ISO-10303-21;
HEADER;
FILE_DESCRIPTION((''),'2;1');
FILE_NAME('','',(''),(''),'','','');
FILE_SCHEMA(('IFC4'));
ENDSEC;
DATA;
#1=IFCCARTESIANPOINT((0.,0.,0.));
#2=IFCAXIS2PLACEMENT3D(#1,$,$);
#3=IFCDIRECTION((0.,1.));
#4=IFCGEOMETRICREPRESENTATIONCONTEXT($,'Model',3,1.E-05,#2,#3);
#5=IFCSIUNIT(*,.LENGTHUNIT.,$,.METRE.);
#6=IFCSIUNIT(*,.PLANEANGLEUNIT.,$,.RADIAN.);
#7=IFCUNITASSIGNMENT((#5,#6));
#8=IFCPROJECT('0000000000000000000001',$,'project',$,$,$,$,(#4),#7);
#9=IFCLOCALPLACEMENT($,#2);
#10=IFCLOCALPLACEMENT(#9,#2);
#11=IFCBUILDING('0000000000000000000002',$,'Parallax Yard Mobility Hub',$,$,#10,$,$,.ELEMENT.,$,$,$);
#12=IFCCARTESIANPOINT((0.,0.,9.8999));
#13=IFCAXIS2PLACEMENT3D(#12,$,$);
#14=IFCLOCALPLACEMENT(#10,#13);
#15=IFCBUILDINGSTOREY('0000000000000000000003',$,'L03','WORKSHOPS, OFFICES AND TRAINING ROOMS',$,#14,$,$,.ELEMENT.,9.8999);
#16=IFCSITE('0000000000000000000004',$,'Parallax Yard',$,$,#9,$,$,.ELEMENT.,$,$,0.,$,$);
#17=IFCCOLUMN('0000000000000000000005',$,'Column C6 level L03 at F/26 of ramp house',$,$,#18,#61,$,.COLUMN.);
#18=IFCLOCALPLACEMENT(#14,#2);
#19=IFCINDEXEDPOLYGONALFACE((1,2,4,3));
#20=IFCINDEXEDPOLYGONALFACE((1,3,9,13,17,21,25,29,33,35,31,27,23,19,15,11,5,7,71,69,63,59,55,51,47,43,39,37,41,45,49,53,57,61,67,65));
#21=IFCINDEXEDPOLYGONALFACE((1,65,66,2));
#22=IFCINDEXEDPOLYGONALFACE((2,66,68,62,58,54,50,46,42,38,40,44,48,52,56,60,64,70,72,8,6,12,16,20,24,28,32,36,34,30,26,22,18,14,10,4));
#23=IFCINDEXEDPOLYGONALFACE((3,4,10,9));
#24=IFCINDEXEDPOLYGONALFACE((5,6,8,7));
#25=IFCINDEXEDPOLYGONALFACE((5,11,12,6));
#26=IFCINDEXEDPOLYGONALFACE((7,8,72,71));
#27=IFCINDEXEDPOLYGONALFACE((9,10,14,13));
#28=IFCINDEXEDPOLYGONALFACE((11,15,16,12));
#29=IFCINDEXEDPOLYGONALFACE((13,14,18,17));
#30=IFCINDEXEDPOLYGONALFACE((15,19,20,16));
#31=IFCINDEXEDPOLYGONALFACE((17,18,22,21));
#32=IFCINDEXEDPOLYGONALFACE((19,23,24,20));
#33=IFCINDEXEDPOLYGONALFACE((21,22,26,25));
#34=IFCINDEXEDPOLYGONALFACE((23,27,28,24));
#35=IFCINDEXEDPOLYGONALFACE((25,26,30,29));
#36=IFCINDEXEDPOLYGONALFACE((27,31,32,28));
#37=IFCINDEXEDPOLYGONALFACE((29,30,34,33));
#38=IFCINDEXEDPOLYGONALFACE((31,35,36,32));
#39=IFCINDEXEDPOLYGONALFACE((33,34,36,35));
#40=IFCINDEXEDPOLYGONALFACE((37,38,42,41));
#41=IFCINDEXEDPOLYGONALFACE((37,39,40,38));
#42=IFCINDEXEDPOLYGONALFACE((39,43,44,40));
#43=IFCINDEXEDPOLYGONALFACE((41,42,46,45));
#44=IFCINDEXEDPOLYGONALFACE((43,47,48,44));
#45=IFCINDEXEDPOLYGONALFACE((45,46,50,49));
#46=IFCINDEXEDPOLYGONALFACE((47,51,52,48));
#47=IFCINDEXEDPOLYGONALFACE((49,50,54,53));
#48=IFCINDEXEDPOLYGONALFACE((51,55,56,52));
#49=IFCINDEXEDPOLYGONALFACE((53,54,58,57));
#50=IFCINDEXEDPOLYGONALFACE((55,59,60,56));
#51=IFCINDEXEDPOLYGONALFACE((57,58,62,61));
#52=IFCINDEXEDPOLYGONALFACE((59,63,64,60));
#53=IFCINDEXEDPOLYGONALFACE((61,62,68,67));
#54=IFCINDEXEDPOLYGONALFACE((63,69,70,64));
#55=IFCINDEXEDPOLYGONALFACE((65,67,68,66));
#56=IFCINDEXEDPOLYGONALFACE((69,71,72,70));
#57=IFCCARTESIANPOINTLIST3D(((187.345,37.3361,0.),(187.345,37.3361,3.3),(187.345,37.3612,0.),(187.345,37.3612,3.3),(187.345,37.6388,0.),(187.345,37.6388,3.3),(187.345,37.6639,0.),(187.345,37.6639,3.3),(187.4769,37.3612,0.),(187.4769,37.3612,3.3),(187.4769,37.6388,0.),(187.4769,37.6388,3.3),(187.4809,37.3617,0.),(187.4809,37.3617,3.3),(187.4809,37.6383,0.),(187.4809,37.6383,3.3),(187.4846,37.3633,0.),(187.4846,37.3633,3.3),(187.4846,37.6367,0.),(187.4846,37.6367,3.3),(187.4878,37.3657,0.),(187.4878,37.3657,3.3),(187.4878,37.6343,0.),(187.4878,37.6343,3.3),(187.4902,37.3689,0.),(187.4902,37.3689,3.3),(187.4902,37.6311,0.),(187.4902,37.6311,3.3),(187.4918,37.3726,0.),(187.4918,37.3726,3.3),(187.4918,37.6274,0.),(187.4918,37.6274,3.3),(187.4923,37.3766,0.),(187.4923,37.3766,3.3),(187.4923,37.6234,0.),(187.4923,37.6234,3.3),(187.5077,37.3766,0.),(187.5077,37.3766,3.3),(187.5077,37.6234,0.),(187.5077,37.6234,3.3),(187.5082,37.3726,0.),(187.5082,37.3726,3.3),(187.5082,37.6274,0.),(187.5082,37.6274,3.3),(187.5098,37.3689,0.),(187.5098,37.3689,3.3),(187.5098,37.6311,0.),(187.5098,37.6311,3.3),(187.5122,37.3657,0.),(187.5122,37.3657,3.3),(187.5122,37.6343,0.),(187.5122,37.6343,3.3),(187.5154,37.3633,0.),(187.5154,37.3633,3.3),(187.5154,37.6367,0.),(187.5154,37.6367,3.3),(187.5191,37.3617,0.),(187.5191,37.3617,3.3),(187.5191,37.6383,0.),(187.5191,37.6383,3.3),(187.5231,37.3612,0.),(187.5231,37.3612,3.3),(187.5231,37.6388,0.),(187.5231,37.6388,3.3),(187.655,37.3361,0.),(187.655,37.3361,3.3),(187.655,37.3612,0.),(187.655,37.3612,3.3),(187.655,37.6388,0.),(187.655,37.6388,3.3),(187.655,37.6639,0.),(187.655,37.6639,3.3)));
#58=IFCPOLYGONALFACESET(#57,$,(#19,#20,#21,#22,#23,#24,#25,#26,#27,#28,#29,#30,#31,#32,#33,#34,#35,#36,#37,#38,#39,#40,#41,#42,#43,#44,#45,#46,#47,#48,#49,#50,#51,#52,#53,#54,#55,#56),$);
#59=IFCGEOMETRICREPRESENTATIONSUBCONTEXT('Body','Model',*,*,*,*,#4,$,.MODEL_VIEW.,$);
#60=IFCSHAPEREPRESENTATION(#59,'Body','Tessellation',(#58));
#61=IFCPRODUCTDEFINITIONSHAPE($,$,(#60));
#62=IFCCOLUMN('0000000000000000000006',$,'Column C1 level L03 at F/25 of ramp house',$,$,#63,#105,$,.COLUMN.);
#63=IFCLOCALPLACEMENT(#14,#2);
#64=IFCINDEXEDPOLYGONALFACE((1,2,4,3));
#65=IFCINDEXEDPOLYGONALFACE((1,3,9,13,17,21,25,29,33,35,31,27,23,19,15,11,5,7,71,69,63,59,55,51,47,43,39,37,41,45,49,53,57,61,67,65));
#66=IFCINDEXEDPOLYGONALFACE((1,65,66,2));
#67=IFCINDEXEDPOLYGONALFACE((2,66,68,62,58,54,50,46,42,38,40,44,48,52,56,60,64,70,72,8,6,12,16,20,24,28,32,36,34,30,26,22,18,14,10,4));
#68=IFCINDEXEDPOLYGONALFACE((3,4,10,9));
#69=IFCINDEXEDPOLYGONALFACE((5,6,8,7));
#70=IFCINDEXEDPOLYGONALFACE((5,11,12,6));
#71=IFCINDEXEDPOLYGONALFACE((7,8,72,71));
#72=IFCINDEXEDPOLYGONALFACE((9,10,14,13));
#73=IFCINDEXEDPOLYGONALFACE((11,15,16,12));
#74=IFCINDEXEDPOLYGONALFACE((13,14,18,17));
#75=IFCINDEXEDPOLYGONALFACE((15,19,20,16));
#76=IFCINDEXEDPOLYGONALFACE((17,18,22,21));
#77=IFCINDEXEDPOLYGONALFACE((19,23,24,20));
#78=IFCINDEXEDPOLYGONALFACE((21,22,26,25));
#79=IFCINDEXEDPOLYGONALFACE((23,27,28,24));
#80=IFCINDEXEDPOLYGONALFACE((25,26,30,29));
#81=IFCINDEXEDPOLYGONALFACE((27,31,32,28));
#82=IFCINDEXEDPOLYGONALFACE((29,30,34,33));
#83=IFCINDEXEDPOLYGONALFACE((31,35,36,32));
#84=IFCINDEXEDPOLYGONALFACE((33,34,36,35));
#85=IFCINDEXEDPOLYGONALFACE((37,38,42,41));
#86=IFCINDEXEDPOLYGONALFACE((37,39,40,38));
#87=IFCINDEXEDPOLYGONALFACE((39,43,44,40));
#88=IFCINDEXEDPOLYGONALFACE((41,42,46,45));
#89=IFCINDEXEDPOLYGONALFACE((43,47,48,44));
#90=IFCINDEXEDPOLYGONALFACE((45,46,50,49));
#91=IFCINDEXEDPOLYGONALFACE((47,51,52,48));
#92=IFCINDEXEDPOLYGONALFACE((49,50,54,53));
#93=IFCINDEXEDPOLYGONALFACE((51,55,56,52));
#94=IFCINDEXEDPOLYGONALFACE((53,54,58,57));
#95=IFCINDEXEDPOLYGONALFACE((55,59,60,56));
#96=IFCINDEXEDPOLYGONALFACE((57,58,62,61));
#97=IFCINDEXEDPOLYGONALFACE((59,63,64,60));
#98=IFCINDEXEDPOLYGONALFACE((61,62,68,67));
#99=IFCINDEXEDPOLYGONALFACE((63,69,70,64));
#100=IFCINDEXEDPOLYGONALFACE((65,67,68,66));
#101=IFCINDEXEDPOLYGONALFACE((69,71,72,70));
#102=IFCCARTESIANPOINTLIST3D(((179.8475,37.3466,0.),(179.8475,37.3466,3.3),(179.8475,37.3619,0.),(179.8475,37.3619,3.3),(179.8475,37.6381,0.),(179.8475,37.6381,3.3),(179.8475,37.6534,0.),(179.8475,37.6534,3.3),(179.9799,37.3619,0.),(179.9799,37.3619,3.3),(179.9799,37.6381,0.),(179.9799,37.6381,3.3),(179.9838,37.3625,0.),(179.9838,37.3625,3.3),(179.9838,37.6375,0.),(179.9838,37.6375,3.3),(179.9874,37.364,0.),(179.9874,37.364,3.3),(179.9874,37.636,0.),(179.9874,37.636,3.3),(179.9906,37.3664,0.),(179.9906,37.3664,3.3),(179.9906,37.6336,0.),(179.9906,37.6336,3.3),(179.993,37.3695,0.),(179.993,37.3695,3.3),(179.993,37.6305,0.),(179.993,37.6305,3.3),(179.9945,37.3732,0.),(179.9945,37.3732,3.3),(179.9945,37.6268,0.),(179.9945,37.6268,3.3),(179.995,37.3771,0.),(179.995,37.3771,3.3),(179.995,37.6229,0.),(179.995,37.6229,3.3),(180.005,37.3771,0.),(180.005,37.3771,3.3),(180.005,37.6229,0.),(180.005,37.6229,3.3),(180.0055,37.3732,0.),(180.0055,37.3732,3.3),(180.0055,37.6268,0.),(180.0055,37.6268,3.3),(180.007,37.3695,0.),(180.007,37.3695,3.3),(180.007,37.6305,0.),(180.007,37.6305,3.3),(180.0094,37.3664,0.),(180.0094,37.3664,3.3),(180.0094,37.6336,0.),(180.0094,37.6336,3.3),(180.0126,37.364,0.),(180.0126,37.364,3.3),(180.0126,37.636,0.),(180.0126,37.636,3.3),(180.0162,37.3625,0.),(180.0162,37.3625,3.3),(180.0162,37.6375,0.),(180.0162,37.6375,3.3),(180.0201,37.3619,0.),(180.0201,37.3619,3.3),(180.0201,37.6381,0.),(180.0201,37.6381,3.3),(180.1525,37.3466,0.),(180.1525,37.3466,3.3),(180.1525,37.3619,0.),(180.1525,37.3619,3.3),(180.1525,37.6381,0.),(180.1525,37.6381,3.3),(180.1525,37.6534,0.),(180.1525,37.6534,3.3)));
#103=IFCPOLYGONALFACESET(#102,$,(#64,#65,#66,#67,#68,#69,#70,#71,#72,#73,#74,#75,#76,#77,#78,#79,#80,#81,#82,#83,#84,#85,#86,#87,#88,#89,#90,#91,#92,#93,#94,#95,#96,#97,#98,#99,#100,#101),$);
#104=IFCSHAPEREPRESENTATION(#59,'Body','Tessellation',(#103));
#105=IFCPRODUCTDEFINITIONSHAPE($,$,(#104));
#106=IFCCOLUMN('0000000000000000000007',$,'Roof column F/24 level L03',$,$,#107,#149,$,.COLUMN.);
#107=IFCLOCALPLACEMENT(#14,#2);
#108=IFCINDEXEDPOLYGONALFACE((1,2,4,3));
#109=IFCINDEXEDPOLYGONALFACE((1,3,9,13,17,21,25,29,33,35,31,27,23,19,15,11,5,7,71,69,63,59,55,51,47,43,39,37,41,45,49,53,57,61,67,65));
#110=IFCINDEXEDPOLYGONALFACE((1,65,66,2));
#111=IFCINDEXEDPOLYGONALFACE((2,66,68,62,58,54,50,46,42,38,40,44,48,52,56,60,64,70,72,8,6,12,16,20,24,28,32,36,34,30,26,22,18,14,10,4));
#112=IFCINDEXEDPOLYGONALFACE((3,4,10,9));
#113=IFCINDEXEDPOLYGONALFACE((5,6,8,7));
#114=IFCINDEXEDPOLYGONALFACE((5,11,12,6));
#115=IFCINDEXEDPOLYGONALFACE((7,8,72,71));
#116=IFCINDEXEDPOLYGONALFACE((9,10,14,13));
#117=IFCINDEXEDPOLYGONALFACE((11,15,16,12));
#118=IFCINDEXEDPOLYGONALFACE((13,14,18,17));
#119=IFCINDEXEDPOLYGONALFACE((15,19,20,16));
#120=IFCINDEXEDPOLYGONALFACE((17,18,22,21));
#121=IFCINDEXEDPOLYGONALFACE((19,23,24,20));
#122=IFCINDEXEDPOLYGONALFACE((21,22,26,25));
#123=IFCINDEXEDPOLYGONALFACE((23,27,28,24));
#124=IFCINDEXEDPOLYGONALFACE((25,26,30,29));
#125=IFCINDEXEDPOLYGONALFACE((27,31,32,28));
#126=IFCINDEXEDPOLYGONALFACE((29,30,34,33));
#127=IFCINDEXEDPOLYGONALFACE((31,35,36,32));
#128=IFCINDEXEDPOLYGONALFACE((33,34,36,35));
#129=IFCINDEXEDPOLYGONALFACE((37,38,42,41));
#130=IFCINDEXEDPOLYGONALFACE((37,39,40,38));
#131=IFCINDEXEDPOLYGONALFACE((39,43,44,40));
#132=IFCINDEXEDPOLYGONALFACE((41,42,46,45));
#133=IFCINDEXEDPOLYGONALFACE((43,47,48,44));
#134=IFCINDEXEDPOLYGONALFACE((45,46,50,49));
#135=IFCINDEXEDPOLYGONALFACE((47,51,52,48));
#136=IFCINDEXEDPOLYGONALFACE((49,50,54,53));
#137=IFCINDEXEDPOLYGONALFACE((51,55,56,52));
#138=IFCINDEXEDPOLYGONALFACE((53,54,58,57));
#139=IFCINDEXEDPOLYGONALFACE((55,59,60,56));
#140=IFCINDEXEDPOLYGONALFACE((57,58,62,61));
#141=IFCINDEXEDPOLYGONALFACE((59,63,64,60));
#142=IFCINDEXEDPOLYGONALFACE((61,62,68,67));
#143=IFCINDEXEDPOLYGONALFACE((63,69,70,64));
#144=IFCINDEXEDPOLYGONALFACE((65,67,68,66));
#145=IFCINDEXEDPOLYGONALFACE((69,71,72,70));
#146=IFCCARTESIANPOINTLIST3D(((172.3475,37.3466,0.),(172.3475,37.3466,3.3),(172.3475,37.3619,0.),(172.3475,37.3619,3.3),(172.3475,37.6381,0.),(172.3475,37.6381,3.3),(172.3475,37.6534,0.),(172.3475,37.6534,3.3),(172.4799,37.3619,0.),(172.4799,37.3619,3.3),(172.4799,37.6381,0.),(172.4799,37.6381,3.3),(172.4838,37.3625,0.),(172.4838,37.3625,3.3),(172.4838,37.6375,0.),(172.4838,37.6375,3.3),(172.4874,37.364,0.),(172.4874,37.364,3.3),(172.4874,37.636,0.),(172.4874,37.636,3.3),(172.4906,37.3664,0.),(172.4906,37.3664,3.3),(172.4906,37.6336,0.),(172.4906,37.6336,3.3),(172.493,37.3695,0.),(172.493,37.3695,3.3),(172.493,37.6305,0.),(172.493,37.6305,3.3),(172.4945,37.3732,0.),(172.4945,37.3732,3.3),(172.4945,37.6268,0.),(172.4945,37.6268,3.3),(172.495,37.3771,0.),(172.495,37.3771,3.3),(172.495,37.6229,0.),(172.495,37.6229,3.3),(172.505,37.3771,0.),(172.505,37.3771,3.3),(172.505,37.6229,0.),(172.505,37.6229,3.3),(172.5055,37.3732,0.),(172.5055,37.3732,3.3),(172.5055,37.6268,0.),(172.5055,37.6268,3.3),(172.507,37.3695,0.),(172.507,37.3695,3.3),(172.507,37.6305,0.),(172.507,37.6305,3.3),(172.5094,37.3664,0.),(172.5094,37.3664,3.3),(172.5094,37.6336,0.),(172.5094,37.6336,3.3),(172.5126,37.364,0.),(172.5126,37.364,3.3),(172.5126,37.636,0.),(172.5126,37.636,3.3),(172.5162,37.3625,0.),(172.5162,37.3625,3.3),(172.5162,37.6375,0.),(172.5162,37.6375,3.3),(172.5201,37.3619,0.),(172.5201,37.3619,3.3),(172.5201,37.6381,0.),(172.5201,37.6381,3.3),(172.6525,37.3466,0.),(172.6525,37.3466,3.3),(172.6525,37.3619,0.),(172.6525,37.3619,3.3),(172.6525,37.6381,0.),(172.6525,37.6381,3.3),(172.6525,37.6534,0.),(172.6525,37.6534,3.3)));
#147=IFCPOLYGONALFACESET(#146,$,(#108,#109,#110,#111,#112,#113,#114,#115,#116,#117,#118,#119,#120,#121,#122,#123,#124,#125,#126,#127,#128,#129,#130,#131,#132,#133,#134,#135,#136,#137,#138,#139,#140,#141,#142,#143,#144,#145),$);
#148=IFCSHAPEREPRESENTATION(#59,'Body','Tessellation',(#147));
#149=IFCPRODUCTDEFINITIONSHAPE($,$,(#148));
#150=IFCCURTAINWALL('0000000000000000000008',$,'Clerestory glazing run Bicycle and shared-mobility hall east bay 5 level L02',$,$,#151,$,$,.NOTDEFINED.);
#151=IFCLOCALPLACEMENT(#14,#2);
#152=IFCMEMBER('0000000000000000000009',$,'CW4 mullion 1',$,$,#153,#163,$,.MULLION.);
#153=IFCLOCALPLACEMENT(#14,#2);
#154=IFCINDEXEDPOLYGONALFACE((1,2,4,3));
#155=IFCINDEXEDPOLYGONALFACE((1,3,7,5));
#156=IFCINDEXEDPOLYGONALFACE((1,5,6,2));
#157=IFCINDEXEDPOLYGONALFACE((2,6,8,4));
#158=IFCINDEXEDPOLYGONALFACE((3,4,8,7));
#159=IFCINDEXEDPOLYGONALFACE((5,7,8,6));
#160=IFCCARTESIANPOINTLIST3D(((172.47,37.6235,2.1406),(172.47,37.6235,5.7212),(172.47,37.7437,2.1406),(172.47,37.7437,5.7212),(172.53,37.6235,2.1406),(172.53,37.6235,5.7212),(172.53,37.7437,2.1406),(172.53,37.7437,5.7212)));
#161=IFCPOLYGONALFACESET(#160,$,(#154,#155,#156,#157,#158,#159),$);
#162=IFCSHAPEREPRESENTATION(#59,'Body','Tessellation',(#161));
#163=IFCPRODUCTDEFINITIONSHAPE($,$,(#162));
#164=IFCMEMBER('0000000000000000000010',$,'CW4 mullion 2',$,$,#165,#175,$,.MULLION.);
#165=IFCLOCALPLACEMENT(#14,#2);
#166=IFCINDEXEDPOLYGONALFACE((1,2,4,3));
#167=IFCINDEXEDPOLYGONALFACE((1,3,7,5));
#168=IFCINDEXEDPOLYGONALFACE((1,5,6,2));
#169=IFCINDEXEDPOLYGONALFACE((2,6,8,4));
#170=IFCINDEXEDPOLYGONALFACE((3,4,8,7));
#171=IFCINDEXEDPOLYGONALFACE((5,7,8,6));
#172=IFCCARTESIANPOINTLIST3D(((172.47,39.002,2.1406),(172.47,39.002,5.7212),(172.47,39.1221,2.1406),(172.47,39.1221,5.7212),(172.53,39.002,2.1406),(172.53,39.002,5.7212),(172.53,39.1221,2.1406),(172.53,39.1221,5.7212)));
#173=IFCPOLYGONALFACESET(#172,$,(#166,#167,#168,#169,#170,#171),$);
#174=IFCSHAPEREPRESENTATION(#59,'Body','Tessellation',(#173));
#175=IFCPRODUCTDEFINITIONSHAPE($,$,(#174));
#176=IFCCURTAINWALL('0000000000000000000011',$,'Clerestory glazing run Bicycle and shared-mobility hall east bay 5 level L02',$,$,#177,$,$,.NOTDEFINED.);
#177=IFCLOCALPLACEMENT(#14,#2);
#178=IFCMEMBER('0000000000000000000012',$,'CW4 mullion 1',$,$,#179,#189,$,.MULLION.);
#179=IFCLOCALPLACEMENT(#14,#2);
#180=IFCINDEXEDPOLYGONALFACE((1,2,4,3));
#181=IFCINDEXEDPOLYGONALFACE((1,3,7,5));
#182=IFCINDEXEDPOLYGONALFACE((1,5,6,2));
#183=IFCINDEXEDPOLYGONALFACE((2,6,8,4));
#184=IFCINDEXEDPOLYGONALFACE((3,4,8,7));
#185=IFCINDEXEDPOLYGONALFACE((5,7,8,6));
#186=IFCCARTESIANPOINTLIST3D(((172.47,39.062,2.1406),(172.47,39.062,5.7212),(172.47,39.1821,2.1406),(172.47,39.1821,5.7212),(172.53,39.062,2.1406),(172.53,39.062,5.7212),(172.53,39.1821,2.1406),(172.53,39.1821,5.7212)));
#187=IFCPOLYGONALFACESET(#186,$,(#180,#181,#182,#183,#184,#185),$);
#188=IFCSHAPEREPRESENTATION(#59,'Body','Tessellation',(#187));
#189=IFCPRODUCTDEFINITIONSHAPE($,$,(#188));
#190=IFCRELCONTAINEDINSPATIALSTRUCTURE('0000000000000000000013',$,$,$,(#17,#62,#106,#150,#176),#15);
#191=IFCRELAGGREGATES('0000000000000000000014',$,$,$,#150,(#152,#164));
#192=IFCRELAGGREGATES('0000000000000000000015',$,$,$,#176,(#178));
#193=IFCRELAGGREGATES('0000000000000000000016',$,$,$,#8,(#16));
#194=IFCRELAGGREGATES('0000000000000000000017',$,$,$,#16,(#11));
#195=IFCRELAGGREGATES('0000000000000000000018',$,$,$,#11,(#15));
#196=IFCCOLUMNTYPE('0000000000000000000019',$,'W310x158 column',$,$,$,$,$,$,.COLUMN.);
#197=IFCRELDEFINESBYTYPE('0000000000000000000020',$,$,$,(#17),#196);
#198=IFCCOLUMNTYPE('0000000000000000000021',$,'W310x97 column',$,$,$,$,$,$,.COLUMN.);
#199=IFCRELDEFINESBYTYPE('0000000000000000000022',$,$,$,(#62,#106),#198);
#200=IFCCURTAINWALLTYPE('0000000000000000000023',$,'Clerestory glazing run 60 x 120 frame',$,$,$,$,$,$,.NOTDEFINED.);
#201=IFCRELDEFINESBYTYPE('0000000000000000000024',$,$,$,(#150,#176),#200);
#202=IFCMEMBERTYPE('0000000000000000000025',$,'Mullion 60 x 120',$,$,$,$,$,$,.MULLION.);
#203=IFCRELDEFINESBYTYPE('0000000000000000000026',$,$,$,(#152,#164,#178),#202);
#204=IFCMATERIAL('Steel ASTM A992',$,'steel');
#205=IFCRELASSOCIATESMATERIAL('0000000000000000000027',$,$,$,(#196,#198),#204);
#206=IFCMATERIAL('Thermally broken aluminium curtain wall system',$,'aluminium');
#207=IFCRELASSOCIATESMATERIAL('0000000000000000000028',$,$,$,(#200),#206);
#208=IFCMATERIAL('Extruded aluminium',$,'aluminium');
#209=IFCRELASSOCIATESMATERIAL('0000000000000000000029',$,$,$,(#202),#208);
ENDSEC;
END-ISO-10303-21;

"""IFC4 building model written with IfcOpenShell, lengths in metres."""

from ifc_helpers import new_model, si_unit, direction, frame, origin, origin_2d, place, context, subcontext, project, spatial, rectangle, i_section, extrude, material, material_profile, profile_set, type_object, element, aggregate, save


model = new_model("IFC4")

# Units and contexts
model_context = context("Model", 3, precision=1e-05, world=origin(), true_north=direction((0.0, 1.0)))
body_context = subcontext(model_context, "Body", "Model", "MODEL_VIEW")
ifc_project = project(units=[si_unit("LENGTHUNIT", "METRE"), si_unit("PLANEANGLEUNIT", "RADIAN")], contexts=[model_context])

# Site, building, storey
site_placement = place(None, origin())
site = spatial("IfcSite", under=ifc_project, at=site_placement, Name="Parallax Yard", CompositionType="ELEMENT", RefElevation=0.0)
building_placement = place(site_placement, origin())
building = spatial("IfcBuilding", under=site, at=building_placement, Name="Parallax Yard Mobility Hub", CompositionType="ELEMENT")
storey_placement = place(building_placement, frame((0.0, 0.0, 9.8999)))
storey = spatial("IfcBuildingStorey", under=building, at=storey_placement, Name="L03", Description="WORKSHOPS, OFFICES AND TRAINING ROOMS", CompositionType="ELEMENT", Elevation=9.8999)

# Columns
ifc_material_1 = material(Name="Steel ASTM A992", Category="steel")
ifc_material_profile_1 = material_profile(ifc_material_1, i_section(OverallWidth=0.3101, OverallDepth=0.3279, WebThickness=0.0154, FlangeThickness=0.0251, FilletRadius=0.0154, at=origin_2d()), Name="W310x158")
ifc_profile_set_1 = profile_set([ifc_material_profile_1], Name="Steel ASTM A992")
column_type_1 = type_object("IfcColumnType", Name="W310x158 column", PredefinedType="COLUMN", material=ifc_profile_set_1)
column_placement = place(storey_placement, frame((187.5, 37.5, 0.0), z_axis=(0.0, 0.0, 1.0), x_axis=(1.0, 0.0, 0.0)))
element("IfcColumn", 1, at=column_placement, inside=storey, type_object=column_type_1, Name="Column C6 level L03 at F/26 of ramp house", PredefinedType="COLUMN", context=body_context, shape_type="SweptSolid", body=[
    extrude(i_section(OverallWidth=0.3101, OverallDepth=0.3279, WebThickness=0.0154, FlangeThickness=0.0251, FilletRadius=0.0154, at=origin_2d()), origin(), (0.0, 0.0, 1.0), 3.3),
])
ifc_material_profile_2 = material_profile(ifc_material_1, i_section(OverallWidth=0.3049, OverallDepth=0.3069, WebThickness=0.01, FlangeThickness=0.0154, FilletRadius=0.0151, at=origin_2d()), Name="W310x97")
ifc_profile_set_2 = profile_set([ifc_material_profile_2], Name="Steel ASTM A992")
column_type_2 = type_object("IfcColumnType", Name="W310x97 column", PredefinedType="COLUMN", material=ifc_profile_set_2)
for number, where, z_axis, x_axis, name in (
    (2, (180.0, 37.5, 0.0), (0.0, 0.0, 1.0), (1.0, 0.0, 0.0), "Column C1 level L03 at F/25 of ramp house"),
    (3, (172.5, 37.5, 0.0), (0.0, 0.0, 1.0), (1.0, 0.0, 0.0), "Roof column F/24 level L03"),
):
    element("IfcColumn", number, at=place(storey_placement, frame(where, z_axis=z_axis, x_axis=x_axis)), inside=storey, type_object=column_type_2, Name=name, PredefinedType="COLUMN", context=body_context, shape_type="SweptSolid", body=[
        extrude(i_section(OverallWidth=0.3049, OverallDepth=0.3069, WebThickness=0.01, FlangeThickness=0.0154, FilletRadius=0.0151, at=origin_2d()), origin(), (0.0, 0.0, 1.0), 3.3),
    ])

# Curtain wall, members
ifc_material_2 = material(Name="Thermally broken aluminium curtain wall system", Category="aluminium")
curtain_wall_type = type_object("IfcCurtainWallType", Name="Clerestory glazing run 60 x 120 frame", PredefinedType="NOTDEFINED", material=ifc_material_2)
curtain_wall_1_placement = place(storey_placement, origin())
curtain_wall_1 = element("IfcCurtainWall", 4, at=curtain_wall_1_placement, inside=storey, type_object=curtain_wall_type, Name="Clerestory glazing run Bicycle and shared-mobility hall east bay 5 level L02", PredefinedType="NOTDEFINED")
ifc_material_3 = material(Name="Extruded aluminium", Category="aluminium")
ifc_material_profile_3 = material_profile(ifc_material_3, rectangle(XDim=0.0601, YDim=0.1201, at=origin_2d()), Name="Mullion 60 x 120")
ifc_profile_set_3 = profile_set([ifc_material_profile_3], Name="Extruded aluminium")
member_type_1 = type_object("IfcMemberType", Name="Mullion 60 x 120", PredefinedType="MULLION", material=ifc_profile_set_3)
member_1_placement = place(storey_placement, frame((172.5, 37.6836, 2.1406), z_axis=(0.0, 0.0, 1.0), x_axis=(-1.0, 0.0, 0.0)))
member_1 = element("IfcMember", 5, at=member_1_placement, type_object=member_type_1, Name="CW4 mullion 1", PredefinedType="MULLION", context=body_context, shape_type="SweptSolid", body=[
    extrude(rectangle(XDim=0.0601, YDim=0.1201, at=origin_2d()), origin(), (0.0, 0.0, 1.0), 3.5806),
])
member_2_placement = place(storey_placement, frame((172.5, 39.062, 2.1406), z_axis=(0.0, 0.0, 1.0), x_axis=(-1.0, 0.0, 0.0)))
member_2 = element("IfcMember", 6, at=member_2_placement, type_object=member_type_1, Name="CW4 mullion 2", PredefinedType="MULLION", context=body_context, shape_type="SweptSolid", body=[
    extrude(rectangle(XDim=0.0601, YDim=0.1201, at=origin_2d()), origin(), (0.0, 0.0, 1.0), 3.5806),
])

# Curtain wall, member
curtain_wall_2_placement = place(storey_placement, origin())
curtain_wall_2 = element("IfcCurtainWall", 7, at=curtain_wall_2_placement, inside=storey, type_object=curtain_wall_type, Name="Clerestory glazing run Bicycle and shared-mobility hall east bay 5 level L02", PredefinedType="NOTDEFINED")
member_3_placement = place(storey_placement, frame((172.5, 39.1221, 2.1406), z_axis=(0.0, 0.0, 1.0), x_axis=(-1.0, 0.0, 0.0)))
member_3 = element("IfcMember", 8, at=member_3_placement, type_object=member_type_1, Name="CW4 mullion 1", PredefinedType="MULLION", context=body_context, shape_type="SweptSolid", body=[
    extrude(rectangle(XDim=0.0601, YDim=0.1201, at=origin_2d()), origin(), (0.0, 0.0, 1.0), 3.5806),
])

aggregate(curtain_wall_1, [member_1, member_2])
aggregate(curtain_wall_2, [member_3])

save(model, "model.ifc")
